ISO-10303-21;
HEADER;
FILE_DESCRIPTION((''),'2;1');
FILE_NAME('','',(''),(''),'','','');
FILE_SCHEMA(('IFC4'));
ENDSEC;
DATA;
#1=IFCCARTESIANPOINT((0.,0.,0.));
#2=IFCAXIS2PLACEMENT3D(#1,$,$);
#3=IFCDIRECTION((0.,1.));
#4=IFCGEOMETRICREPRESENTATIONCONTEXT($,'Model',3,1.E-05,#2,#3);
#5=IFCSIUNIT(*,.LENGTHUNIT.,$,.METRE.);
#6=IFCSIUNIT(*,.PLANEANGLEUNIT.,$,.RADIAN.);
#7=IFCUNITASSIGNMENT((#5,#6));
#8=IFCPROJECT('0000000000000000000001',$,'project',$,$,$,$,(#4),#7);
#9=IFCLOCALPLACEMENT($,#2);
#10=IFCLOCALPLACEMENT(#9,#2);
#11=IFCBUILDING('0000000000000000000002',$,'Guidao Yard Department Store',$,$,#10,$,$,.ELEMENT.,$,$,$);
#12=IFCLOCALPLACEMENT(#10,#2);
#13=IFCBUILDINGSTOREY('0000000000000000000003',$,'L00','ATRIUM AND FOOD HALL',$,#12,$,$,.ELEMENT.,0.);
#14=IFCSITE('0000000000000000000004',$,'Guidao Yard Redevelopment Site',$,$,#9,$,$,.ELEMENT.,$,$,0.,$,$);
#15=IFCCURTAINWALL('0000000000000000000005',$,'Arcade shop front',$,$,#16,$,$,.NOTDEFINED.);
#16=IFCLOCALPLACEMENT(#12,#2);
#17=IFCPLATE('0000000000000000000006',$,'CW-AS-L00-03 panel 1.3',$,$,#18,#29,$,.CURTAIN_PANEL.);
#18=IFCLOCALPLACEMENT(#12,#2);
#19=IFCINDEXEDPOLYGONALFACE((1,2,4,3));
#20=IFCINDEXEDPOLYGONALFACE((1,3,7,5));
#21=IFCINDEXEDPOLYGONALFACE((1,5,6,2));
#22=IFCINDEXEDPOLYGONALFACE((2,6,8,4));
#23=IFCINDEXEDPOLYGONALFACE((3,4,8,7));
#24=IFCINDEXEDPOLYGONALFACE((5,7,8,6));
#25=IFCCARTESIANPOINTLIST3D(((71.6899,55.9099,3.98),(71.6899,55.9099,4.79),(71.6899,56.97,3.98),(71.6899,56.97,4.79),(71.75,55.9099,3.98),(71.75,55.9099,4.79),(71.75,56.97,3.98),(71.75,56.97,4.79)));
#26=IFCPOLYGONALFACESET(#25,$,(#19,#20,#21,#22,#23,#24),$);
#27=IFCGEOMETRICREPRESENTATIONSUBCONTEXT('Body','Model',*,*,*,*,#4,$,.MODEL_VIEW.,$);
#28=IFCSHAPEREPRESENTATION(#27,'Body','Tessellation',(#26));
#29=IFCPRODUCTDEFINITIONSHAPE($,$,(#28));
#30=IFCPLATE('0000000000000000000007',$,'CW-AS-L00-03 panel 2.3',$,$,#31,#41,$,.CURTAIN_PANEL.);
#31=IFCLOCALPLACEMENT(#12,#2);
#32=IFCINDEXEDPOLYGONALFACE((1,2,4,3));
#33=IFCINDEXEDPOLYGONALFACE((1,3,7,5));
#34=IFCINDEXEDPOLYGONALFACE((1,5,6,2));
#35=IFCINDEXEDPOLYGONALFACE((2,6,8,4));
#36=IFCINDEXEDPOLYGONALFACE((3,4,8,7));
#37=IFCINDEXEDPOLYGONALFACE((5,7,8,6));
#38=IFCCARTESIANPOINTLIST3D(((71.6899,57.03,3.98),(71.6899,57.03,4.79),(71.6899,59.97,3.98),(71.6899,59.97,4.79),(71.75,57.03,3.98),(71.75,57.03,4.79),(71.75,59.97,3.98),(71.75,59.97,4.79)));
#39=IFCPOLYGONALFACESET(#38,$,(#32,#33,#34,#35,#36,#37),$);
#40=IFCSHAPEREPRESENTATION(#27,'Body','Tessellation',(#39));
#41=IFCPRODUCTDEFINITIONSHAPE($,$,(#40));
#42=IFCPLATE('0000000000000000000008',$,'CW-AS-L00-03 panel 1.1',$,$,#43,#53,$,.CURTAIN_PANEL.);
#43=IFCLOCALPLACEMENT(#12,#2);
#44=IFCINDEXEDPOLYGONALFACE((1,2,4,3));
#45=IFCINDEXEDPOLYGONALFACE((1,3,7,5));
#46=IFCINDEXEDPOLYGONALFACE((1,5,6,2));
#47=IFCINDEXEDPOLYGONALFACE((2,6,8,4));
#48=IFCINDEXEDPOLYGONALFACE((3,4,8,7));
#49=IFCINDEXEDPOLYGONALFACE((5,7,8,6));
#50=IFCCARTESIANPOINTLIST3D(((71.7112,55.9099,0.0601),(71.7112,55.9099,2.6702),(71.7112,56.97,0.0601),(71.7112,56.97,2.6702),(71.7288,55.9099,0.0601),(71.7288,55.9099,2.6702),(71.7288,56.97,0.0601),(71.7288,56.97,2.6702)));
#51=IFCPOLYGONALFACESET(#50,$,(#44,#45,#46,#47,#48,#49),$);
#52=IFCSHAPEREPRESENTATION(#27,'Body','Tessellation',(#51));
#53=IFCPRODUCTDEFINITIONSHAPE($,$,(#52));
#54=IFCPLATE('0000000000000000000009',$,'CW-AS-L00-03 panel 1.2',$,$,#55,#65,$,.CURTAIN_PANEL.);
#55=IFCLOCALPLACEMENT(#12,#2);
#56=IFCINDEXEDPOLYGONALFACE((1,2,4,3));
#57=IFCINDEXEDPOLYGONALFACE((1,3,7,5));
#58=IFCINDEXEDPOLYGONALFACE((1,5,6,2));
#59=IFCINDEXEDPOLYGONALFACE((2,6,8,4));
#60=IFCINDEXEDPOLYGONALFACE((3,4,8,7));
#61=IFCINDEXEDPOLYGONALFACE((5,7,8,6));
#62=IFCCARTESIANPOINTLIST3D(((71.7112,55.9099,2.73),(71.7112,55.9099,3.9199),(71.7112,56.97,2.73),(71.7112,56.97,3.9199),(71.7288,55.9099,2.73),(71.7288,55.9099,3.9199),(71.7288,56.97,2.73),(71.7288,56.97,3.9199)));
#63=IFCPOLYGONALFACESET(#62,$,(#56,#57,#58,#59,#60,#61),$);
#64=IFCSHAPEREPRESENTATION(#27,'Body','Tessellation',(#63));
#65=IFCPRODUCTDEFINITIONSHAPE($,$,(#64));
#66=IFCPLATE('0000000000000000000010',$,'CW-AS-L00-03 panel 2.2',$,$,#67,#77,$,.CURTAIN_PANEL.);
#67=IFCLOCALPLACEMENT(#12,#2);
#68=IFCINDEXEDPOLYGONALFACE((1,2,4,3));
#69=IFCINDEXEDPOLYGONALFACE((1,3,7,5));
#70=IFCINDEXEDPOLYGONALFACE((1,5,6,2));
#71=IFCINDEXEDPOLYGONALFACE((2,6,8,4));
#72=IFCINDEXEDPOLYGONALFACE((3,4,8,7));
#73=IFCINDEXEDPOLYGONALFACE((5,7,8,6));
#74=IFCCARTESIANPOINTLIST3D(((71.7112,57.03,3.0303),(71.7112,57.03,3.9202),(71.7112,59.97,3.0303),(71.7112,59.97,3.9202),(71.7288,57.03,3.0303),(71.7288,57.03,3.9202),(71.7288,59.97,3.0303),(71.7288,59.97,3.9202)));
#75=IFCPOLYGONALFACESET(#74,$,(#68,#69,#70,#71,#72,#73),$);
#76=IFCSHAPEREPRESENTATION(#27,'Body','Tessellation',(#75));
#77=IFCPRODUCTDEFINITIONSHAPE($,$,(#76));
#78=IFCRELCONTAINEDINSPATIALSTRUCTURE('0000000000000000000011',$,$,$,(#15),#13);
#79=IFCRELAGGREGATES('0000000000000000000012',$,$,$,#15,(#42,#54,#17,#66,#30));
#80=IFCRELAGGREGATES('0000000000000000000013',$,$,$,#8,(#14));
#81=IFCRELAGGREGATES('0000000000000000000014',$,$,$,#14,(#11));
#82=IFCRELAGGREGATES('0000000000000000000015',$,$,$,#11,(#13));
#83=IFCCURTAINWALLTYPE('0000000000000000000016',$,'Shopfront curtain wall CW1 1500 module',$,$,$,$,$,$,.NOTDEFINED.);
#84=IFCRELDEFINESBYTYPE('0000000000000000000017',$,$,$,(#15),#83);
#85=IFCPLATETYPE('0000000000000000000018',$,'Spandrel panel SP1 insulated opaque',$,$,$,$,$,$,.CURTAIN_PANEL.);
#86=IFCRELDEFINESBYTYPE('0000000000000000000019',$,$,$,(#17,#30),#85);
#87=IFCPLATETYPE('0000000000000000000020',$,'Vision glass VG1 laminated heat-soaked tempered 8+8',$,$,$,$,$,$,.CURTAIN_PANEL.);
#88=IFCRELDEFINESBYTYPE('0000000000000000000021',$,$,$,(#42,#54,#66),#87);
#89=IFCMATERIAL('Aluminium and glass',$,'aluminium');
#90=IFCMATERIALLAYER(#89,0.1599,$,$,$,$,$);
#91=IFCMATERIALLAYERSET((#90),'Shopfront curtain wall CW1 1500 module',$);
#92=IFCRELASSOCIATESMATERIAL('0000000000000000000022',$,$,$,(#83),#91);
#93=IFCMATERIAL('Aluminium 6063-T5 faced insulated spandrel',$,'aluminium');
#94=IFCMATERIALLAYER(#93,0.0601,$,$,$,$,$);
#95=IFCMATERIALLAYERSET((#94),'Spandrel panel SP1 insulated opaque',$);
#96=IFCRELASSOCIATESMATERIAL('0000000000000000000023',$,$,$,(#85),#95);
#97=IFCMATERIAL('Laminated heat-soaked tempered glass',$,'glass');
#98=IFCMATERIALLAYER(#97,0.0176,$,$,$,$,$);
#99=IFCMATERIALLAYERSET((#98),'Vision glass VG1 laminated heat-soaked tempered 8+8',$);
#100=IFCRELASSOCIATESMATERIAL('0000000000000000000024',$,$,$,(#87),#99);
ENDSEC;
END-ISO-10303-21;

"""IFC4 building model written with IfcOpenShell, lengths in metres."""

from ifc_helpers import new_model, si_unit, direction, frame, origin, origin_2d, place, context, subcontext, project, spatial, rectangle, extrude, material, layer, layer_set, type_object, element, aggregate, save


model = new_model("IFC4")

# Units and contexts
model_context = context("Model", 3, precision=1e-05, world=origin(), true_north=direction((0.0, 1.0)))
body_context = subcontext(model_context, "Body", "Model", "MODEL_VIEW")
ifc_project = project(units=[si_unit("LENGTHUNIT", "METRE"), si_unit("PLANEANGLEUNIT", "RADIAN")], contexts=[model_context])

# Site, building, storey
site_placement = place(None, origin())
site = spatial("IfcSite", under=ifc_project, at=site_placement, Name="Guidao Yard Redevelopment Site", CompositionType="ELEMENT", RefElevation=0.0)
building_placement = place(site_placement, origin())
building = spatial("IfcBuilding", under=site, at=building_placement, Name="Guidao Yard Department Store", CompositionType="ELEMENT")
storey_placement = place(building_placement, origin())
storey = spatial("IfcBuildingStorey", under=building, at=storey_placement, Name="L00", Description="ATRIUM AND FOOD HALL", CompositionType="ELEMENT", Elevation=0.0)

# Shared definitions
ifc_material_1 = material(Name="Aluminium and glass", Category="aluminium")
ifc_layer_1 = layer(ifc_material_1, 0.1599)
ifc_layer_set_1 = layer_set([ifc_layer_1], Name="Shopfront curtain wall CW1 1500 module")
curtain_wall_type = type_object("IfcCurtainWallType", Name="Shopfront curtain wall CW1 1500 module", PredefinedType="NOTDEFINED", material=ifc_layer_set_1)

# Curtain wall, plates
curtain_wall_1_placement = place(storey_placement, origin())
curtain_wall_1 = element("IfcCurtainWall", 1, at=curtain_wall_1_placement, inside=storey, type_object=curtain_wall_type, Name="Arcade shop front", PredefinedType="NOTDEFINED")
ifc_material_2 = material(Name="Aluminium 6063-T5 faced insulated spandrel", Category="aluminium")
ifc_layer_2 = layer(ifc_material_2, 0.0601)
ifc_layer_set_2 = layer_set([ifc_layer_2], Name="Spandrel panel SP1 insulated opaque")
plate_type_1 = type_object("IfcPlateType", Name="Spandrel panel SP1 insulated opaque", PredefinedType="CURTAIN_PANEL", material=ifc_layer_set_2)
plate_1_placement = place(storey_placement, frame((71.72, 56.4399, 3.98), z_axis=(0.0, 0.0, 1.0), x_axis=(0.0, 1.0, 0.0)))
plate_1 = element("IfcPlate", 2, at=plate_1_placement, type_object=plate_type_1, Name="CW-AS-L00-03 panel 1.3", PredefinedType="CURTAIN_PANEL", context=body_context, shape_type="SweptSolid", body=[
    extrude(rectangle(XDim=1.0601, YDim=0.0601, at=origin_2d()), origin(), (0.0, 0.0, 1.0), 0.8101),
])
plate_2_placement = place(storey_placement, frame((71.72, 58.5, 3.98), z_axis=(0.0, 0.0, 1.0), x_axis=(0.0, 1.0, 0.0)))
plate_2 = element("IfcPlate", 3, at=plate_2_placement, type_object=plate_type_1, Name="CW-AS-L00-03 panel 2.3", PredefinedType="CURTAIN_PANEL", context=body_context, shape_type="SweptSolid", body=[
    extrude(rectangle(XDim=2.9399, YDim=0.0601, at=origin_2d()), origin(), (0.0, 0.0, 1.0), 0.8101),
])
ifc_material_3 = material(Name="Laminated heat-soaked tempered glass", Category="glass")
ifc_layer_3 = layer(ifc_material_3, 0.0176)
ifc_layer_set_3 = layer_set([ifc_layer_3], Name="Vision glass VG1 laminated heat-soaked tempered 8+8")
plate_type_2 = type_object("IfcPlateType", Name="Vision glass VG1 laminated heat-soaked tempered 8+8", PredefinedType="CURTAIN_PANEL", material=ifc_layer_set_3)
plate_3_placement = place(storey_placement, frame((71.72, 56.4399, 0.0601), z_axis=(0.0, 0.0, 1.0), x_axis=(0.0, 1.0, 0.0)))
plate_3 = element("IfcPlate", 4, at=plate_3_placement, type_object=plate_type_2, Name="CW-AS-L00-03 panel 1.1", PredefinedType="CURTAIN_PANEL", context=body_context, shape_type="SweptSolid", body=[
    extrude(rectangle(XDim=1.0601, YDim=0.0176, at=origin_2d()), origin(), (0.0, 0.0, 1.0), 2.6101),
])
plate_4_placement = place(storey_placement, frame((71.72, 56.4399, 2.73), z_axis=(0.0, 0.0, 1.0), x_axis=(0.0, 1.0, 0.0)))
plate_4 = element("IfcPlate", 5, at=plate_4_placement, type_object=plate_type_2, Name="CW-AS-L00-03 panel 1.2", PredefinedType="CURTAIN_PANEL", context=body_context, shape_type="SweptSolid", body=[
    extrude(rectangle(XDim=1.0601, YDim=0.0176, at=origin_2d()), origin(), (0.0, 0.0, 1.0), 1.1899),
])
plate_5_placement = place(storey_placement, frame((71.72, 58.5, 3.0303), z_axis=(0.0, 0.0, 1.0), x_axis=(0.0, 1.0, 0.0)))
plate_5 = element("IfcPlate", 6, at=plate_5_placement, type_object=plate_type_2, Name="CW-AS-L00-03 panel 2.2", PredefinedType="CURTAIN_PANEL", context=body_context, shape_type="SweptSolid", body=[
    extrude(rectangle(XDim=2.9399, YDim=0.0176, at=origin_2d()), origin(), (0.0, 0.0, 1.0), 0.8899),
])
aggregate(curtain_wall_1, [plate_3, plate_4, plate_1, plate_5, plate_2])

save(model, "model.ifc")
